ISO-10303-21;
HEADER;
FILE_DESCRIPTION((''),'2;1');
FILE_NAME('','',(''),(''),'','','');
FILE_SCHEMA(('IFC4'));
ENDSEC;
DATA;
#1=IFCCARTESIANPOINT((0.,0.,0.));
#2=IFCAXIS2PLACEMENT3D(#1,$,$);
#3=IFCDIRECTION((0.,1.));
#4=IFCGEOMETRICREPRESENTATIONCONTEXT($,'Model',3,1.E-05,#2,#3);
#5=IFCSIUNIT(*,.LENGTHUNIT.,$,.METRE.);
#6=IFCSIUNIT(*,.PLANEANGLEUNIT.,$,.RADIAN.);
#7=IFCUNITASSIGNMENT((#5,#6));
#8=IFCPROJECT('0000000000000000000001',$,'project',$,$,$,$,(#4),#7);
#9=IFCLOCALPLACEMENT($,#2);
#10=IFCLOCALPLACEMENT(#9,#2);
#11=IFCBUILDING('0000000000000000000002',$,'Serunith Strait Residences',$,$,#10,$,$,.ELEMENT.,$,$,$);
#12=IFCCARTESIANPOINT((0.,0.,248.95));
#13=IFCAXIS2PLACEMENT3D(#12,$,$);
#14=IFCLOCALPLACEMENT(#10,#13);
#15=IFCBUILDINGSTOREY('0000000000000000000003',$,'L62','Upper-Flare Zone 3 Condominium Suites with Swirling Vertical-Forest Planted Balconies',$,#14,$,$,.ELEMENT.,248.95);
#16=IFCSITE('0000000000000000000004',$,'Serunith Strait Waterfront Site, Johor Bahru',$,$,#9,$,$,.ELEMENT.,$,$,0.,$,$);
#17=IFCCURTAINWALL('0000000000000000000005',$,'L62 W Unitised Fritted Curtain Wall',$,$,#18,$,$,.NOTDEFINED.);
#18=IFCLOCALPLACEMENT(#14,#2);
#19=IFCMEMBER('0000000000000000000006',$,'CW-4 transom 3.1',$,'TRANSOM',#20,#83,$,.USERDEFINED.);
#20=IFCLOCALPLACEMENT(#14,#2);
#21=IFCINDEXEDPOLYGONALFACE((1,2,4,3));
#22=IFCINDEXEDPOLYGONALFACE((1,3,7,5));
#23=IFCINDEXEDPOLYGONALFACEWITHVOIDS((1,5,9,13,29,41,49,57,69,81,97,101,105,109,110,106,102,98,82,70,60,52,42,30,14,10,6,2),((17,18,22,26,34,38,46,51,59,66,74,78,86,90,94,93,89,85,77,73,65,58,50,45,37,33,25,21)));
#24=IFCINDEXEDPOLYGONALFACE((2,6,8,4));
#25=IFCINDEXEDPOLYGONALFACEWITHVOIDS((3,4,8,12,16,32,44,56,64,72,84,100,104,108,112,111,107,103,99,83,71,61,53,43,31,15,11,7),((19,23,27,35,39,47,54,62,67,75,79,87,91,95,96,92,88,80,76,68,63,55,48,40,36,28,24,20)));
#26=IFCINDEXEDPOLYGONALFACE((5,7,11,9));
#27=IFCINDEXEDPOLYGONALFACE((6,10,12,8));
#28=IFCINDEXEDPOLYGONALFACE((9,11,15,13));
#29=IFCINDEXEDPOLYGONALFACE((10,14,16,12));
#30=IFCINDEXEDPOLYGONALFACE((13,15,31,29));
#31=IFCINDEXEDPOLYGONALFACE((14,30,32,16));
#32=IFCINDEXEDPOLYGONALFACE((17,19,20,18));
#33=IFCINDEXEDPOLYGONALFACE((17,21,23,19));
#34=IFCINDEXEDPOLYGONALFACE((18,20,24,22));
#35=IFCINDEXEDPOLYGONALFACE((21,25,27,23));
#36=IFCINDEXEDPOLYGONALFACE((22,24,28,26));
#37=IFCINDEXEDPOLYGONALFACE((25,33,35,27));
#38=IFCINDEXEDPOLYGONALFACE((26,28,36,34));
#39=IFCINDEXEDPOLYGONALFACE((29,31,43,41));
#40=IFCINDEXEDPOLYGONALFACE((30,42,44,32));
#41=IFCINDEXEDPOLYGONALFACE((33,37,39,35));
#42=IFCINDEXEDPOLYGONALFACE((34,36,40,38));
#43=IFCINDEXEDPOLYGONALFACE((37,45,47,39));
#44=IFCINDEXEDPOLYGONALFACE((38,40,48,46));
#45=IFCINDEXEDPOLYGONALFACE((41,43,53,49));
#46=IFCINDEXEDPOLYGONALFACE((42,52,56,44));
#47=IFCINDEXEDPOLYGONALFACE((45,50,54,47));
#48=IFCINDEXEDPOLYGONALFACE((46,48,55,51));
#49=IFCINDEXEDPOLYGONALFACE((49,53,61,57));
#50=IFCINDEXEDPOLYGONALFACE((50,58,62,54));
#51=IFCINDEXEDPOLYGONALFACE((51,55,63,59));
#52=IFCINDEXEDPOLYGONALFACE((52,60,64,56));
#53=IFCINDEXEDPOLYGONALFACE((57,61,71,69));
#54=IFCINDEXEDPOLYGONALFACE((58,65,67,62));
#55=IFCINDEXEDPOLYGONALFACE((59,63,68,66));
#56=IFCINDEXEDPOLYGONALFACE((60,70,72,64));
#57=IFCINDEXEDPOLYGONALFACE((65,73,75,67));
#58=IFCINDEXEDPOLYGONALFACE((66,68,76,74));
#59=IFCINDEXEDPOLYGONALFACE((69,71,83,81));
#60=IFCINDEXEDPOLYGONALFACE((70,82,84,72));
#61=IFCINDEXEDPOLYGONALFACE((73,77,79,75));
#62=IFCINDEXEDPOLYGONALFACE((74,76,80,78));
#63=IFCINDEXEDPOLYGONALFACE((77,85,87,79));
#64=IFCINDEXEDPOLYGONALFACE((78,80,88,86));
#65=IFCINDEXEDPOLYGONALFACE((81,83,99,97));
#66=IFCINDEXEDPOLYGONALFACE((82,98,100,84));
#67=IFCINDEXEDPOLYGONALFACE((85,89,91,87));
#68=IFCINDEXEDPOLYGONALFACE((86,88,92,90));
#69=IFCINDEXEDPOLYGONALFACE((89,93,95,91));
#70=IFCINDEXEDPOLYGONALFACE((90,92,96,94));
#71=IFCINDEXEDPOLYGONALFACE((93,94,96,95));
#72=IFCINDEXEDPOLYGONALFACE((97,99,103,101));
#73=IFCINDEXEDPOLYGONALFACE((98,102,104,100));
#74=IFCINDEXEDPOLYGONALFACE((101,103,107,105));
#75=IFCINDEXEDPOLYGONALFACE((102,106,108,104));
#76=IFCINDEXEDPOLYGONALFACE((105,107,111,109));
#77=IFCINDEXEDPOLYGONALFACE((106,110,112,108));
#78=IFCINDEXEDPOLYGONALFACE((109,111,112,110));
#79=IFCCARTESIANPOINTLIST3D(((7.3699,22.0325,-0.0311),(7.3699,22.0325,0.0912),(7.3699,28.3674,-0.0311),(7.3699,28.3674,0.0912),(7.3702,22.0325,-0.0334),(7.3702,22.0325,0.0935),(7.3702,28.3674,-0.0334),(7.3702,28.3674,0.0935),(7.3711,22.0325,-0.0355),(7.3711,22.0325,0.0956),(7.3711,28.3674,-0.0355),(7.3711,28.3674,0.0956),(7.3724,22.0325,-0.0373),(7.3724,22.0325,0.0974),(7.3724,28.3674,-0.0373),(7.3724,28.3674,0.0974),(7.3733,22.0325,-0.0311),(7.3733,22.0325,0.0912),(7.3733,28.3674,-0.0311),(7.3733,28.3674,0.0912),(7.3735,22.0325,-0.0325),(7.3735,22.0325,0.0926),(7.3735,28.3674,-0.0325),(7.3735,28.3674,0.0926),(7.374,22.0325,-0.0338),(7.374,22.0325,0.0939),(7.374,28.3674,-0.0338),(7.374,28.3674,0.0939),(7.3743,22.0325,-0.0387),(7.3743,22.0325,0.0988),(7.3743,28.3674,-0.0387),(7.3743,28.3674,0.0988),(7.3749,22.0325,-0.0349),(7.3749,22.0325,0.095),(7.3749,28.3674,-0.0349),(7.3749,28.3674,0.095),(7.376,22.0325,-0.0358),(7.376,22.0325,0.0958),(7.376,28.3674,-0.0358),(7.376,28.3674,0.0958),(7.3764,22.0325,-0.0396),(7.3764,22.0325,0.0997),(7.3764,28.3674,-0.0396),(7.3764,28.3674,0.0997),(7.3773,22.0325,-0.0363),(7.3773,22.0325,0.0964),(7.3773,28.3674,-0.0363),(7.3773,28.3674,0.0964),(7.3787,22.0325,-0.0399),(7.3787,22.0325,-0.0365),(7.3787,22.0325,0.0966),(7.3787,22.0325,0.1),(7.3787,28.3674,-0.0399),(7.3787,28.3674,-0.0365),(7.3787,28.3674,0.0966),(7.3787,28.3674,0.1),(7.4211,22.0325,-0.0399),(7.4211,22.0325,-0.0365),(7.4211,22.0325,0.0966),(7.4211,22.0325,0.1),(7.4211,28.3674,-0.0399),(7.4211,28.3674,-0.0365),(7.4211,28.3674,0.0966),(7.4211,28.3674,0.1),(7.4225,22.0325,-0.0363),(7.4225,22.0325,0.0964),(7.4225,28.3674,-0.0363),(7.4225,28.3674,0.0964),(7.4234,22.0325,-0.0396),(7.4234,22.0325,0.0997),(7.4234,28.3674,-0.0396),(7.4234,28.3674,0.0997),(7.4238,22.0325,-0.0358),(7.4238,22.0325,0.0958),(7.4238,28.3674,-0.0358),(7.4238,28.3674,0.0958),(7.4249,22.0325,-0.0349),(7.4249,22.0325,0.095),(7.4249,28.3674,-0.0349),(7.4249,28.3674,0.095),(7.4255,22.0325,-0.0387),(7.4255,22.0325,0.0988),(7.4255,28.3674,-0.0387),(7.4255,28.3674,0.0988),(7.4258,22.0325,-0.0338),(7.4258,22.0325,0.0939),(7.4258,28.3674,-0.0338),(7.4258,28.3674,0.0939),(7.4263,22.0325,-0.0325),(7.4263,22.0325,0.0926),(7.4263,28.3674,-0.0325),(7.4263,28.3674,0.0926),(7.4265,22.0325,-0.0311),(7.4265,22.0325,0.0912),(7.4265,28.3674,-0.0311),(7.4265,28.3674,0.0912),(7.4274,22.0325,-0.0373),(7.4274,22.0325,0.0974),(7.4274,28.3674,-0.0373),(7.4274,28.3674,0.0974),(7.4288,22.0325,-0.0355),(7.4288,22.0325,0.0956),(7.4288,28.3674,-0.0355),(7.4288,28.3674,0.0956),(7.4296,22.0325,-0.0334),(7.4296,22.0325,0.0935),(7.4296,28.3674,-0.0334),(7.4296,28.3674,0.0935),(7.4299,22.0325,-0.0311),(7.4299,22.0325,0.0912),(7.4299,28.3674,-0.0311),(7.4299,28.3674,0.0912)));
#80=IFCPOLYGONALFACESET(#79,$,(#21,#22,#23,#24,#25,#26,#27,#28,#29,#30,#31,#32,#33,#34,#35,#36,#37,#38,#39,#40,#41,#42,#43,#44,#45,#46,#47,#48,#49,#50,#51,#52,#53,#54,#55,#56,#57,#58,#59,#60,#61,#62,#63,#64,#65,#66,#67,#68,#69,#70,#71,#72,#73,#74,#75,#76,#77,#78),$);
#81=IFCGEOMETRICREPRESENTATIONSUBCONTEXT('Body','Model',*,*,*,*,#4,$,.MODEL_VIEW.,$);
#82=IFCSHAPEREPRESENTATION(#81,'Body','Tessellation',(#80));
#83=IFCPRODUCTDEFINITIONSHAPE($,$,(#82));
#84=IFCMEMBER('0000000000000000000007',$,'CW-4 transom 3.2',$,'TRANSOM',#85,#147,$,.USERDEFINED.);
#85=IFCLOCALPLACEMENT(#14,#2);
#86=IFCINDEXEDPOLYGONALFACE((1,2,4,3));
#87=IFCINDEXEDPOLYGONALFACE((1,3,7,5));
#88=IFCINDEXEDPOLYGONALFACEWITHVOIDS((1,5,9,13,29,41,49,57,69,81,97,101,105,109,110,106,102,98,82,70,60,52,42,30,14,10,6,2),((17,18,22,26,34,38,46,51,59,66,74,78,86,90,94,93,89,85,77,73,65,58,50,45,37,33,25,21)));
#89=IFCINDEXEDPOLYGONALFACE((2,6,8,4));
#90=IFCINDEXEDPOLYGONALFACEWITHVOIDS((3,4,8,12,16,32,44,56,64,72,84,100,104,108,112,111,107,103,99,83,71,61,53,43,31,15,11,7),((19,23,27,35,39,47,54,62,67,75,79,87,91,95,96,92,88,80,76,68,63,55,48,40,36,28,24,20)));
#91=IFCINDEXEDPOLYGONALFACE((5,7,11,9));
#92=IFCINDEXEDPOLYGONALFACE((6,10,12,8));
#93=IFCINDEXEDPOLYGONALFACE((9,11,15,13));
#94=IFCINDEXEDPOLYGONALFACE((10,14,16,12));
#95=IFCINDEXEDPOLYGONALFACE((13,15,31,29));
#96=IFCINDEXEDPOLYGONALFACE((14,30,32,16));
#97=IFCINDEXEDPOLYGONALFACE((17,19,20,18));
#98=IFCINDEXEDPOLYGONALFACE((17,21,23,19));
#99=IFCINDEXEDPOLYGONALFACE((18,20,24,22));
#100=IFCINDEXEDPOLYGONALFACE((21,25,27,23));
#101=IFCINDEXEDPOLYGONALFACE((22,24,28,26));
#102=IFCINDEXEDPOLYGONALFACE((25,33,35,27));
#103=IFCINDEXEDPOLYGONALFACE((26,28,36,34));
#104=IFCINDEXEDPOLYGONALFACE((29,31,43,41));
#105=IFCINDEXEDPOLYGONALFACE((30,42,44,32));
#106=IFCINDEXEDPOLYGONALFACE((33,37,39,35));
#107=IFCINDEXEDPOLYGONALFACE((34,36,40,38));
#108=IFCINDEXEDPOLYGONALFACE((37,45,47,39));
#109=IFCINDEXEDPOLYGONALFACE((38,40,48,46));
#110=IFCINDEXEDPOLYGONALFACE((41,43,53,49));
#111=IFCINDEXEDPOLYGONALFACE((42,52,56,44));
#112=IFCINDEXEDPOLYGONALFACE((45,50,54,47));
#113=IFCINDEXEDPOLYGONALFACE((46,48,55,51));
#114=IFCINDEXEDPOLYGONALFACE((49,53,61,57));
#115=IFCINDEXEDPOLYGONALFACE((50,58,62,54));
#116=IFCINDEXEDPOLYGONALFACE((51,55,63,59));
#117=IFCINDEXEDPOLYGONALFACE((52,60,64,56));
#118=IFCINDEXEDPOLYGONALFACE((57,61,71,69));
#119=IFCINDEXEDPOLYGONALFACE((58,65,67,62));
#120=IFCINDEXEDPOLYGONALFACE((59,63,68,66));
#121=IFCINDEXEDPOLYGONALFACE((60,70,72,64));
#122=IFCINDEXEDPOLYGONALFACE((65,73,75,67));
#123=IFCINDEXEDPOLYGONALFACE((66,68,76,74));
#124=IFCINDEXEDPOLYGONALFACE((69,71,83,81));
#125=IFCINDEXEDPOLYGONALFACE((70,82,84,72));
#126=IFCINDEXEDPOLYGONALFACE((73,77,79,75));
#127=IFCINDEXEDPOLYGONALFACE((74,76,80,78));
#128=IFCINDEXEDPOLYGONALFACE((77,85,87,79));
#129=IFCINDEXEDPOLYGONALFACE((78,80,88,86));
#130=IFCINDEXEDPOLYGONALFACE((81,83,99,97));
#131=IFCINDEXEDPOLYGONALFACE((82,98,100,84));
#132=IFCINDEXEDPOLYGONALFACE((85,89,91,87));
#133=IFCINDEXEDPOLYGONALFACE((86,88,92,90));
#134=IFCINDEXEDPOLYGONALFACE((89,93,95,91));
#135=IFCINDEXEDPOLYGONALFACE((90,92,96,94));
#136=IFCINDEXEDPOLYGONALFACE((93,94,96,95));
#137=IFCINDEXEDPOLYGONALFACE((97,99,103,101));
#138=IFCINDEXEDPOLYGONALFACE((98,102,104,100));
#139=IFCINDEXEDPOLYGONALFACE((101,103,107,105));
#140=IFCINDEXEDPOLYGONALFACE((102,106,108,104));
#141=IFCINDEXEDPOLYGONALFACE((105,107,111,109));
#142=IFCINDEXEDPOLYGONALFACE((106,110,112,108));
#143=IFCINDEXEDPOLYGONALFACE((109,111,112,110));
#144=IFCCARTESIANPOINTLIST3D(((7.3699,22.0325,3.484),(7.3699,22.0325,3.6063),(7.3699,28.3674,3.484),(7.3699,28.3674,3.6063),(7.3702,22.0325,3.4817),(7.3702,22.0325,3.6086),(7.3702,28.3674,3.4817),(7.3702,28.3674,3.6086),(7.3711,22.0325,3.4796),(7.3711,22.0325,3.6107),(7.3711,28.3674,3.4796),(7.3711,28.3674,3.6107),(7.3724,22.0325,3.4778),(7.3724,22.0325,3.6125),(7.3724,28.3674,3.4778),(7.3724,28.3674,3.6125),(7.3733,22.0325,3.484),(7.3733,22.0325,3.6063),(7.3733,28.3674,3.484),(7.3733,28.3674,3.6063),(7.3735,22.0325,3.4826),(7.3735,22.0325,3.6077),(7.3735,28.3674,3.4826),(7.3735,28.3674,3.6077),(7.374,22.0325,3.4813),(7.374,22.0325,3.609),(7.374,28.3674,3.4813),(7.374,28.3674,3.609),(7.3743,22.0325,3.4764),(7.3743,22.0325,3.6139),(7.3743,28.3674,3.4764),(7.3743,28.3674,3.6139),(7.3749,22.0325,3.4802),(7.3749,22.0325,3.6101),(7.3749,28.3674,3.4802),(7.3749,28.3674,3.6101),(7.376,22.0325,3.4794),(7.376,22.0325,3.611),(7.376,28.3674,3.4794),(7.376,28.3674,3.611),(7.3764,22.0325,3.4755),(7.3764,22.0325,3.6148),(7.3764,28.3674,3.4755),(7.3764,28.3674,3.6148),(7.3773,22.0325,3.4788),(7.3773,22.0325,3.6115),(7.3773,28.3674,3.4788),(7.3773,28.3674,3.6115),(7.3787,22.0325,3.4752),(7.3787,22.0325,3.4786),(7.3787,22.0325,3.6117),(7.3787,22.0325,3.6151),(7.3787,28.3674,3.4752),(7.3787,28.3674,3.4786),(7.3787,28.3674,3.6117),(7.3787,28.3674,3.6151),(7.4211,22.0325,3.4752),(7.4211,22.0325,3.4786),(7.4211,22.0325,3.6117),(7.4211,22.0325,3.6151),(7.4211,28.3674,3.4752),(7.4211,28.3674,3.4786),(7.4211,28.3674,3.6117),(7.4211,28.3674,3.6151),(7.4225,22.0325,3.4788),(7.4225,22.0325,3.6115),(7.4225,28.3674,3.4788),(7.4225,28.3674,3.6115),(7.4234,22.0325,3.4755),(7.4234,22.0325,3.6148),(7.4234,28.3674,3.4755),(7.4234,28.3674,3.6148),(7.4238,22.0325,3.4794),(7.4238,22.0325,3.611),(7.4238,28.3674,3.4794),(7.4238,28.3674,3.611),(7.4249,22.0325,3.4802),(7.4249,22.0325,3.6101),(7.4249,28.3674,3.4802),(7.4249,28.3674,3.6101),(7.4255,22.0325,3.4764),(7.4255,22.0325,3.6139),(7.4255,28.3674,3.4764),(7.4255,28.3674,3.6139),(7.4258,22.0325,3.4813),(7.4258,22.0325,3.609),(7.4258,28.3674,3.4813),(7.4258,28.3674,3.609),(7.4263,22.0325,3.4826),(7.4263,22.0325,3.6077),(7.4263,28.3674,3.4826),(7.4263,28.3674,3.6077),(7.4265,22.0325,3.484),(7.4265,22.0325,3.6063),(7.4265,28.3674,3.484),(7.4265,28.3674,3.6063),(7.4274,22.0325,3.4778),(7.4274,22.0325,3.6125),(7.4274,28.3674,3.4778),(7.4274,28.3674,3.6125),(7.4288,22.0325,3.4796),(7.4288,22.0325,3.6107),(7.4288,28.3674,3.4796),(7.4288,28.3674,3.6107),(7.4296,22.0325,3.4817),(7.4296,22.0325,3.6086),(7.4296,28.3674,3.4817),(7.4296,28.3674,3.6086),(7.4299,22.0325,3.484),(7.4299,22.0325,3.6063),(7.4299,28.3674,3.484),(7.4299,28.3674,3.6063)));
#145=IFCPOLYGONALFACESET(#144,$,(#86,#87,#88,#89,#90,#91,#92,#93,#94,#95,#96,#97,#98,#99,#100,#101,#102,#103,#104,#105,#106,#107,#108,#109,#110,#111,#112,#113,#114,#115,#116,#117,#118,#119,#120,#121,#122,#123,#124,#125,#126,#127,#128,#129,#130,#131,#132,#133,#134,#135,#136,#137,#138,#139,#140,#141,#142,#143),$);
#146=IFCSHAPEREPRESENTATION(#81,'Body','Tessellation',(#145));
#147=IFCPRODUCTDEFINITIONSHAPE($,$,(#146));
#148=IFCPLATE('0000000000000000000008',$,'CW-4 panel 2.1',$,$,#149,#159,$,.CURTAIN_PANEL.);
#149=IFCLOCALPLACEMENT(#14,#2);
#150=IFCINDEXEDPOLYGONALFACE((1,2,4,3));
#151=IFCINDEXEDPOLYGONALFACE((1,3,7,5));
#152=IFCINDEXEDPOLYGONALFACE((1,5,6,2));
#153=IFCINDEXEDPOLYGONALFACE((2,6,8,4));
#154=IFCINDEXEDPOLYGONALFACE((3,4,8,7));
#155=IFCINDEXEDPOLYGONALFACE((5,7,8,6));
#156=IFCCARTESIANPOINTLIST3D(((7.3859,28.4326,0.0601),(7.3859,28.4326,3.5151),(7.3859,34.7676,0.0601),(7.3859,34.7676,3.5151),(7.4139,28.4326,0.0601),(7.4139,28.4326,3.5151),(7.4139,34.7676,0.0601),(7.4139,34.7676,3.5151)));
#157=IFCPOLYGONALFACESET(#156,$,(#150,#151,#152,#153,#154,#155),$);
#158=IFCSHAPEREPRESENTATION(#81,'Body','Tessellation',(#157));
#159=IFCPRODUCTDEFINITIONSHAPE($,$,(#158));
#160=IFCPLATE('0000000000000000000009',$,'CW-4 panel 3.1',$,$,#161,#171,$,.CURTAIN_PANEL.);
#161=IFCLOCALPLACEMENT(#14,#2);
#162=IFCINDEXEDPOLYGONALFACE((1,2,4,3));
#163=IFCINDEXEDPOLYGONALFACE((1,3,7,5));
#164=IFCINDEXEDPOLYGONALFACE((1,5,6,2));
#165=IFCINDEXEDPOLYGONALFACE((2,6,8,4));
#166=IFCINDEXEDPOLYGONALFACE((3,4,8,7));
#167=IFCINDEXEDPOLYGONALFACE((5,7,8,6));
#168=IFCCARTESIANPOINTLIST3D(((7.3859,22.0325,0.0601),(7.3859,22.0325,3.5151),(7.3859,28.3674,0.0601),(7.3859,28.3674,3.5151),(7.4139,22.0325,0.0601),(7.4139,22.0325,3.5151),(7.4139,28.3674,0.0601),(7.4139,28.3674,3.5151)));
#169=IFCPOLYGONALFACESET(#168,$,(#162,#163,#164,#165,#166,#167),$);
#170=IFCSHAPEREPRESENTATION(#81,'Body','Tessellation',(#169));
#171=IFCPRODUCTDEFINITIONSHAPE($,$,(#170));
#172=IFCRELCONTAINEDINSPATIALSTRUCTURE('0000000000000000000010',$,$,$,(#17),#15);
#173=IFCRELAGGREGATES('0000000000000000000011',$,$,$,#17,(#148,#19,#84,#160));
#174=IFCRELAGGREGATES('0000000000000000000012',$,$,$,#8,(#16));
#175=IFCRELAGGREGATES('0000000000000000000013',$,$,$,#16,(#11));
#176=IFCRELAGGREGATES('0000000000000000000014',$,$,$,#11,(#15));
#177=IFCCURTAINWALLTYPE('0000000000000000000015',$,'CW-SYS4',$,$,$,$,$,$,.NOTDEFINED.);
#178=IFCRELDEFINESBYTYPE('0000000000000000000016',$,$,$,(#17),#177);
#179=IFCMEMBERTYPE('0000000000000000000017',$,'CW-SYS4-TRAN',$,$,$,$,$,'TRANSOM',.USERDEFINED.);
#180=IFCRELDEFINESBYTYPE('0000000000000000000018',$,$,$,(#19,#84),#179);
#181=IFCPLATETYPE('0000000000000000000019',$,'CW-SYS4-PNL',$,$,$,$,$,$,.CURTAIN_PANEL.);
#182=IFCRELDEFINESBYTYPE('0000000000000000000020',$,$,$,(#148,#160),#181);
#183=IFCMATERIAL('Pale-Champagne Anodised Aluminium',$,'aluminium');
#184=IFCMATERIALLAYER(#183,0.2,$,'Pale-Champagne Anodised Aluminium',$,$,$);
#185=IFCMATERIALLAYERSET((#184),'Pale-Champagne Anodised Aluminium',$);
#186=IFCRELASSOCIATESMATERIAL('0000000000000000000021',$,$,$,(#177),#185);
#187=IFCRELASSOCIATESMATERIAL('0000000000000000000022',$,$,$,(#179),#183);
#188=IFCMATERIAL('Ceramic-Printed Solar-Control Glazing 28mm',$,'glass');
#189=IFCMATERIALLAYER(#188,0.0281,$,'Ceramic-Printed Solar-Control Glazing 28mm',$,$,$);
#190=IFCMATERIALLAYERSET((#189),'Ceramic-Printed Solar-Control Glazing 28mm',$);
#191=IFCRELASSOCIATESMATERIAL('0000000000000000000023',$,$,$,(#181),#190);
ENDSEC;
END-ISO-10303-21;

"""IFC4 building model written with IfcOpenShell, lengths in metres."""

from ifc_helpers import new_model, si_unit, direction, frame, origin, origin_2d, place, context, subcontext, project, spatial, rectangle, hollow_rectangle, extrude, source, transform, mapped, material, layer, layer_set, material_profile, profile_set, type_object, element, aggregate, save


model = new_model("IFC4")

# Units and contexts
model_context = context("Model", 3, precision=1e-05, world=origin(), true_north=direction((0.0, 1.0)))
body_context = subcontext(model_context, "Body", "Model", "MODEL_VIEW")
ifc_project = project(units=[si_unit("LENGTHUNIT", "METRE"), si_unit("PLANEANGLEUNIT", "RADIAN")], contexts=[model_context])

# Site, building, storey
site_placement = place(None, origin())
site = spatial("IfcSite", under=ifc_project, at=site_placement, Name="Serunith Strait Waterfront Site, Johor Bahru", CompositionType="ELEMENT", RefElevation=0.0)
building_placement = place(site_placement, origin())
building = spatial("IfcBuilding", under=site, at=building_placement, Name="Serunith Strait Residences", CompositionType="ELEMENT")
storey_placement = place(building_placement, frame((0.0, 0.0, 248.95)))
storey = spatial("IfcBuildingStorey", under=building, at=storey_placement, Name="L62", Description="Upper-Flare Zone 3 Condominium Suites with Swirling Vertical-Forest Planted Balconies", CompositionType="ELEMENT", Elevation=248.95)

# Curtain wall, members, plates
ifc_material_1 = material(Name="Pale-Champagne Anodised Aluminium", Category="aluminium")
ifc_layer_1 = layer(ifc_material_1, 0.2, Name="Pale-Champagne Anodised Aluminium")
ifc_layer_set_1 = layer_set([ifc_layer_1], Name="Pale-Champagne Anodised Aluminium")
curtain_wall_type = type_object("IfcCurtainWallType", Name="CW-SYS4", PredefinedType="NOTDEFINED", material=ifc_layer_set_1)
curtain_wall_placement = place(storey_placement, origin())
curtain_wall = element("IfcCurtainWall", 1, at=curtain_wall_placement, inside=storey, type_object=curtain_wall_type, Name="L62 W Unitised Fritted Curtain Wall", PredefinedType="NOTDEFINED")
ifc_material_profile_1 = material_profile(ifc_material_1, hollow_rectangle(XDim=0.0601, YDim=0.1399, WallThickness=0.0034, InnerFilletRadius=0.0054, OuterFilletRadius=0.0088, at=origin_2d()), Name="ALU 140x60x3.5")
ifc_profile_set_1 = profile_set([ifc_material_profile_1], Name="Pale-Champagne Anodised Aluminium")
member_type_1 = type_object("IfcMemberType", Name="CW-SYS4-TRAN", ElementType="TRANSOM", PredefinedType="USERDEFINED", material=ifc_profile_set_1)
shared_shape_1 = source(origin(), body_context, "Body", "SweptSolid", [
    extrude(hollow_rectangle(XDim=0.0601, YDim=0.1399, WallThickness=0.0034, InnerFilletRadius=0.0054, OuterFilletRadius=0.0088, at=origin_2d()), origin(), (0.0, 0.0, 1.0), 6.335),
])
member_1_placement = place(storey_placement, frame((7.3999, 28.3674, 0.03), z_axis=(0.0, -1.0, 0.0), x_axis=(1.0, 0.0, 0.0)))
member_1 = element("IfcMember", 2, at=member_1_placement, type_object=member_type_1, Name="CW-4 transom 3.1", ObjectType="TRANSOM", PredefinedType="USERDEFINED", context=body_context, shape_type="MappedRepresentation", body=[
    mapped(shared_shape_1, transform((0.0, 0.0, 0.0), scale=1.0)),
])
member_2_placement = place(storey_placement, frame((7.3999, 28.3674, 3.5452), z_axis=(0.0, -1.0, 0.0), x_axis=(1.0, 0.0, 0.0)))
member_2 = element("IfcMember", 3, at=member_2_placement, type_object=member_type_1, Name="CW-4 transom 3.2", ObjectType="TRANSOM", PredefinedType="USERDEFINED", context=body_context, shape_type="MappedRepresentation", body=[
    mapped(shared_shape_1, transform((0.0, 0.0, 0.0), scale=1.0)),
])
ifc_material_2 = material(Name="Ceramic-Printed Solar-Control Glazing 28mm", Category="glass")
ifc_layer_2 = layer(ifc_material_2, 0.0281, Name="Ceramic-Printed Solar-Control Glazing 28mm")
ifc_layer_set_2 = layer_set([ifc_layer_2], Name="Ceramic-Printed Solar-Control Glazing 28mm")
plate_type = type_object("IfcPlateType", Name="CW-SYS4-PNL", PredefinedType="CURTAIN_PANEL", material=ifc_layer_set_2)
shared_shape_2 = source(origin(), body_context, "Body", "SweptSolid", [
    extrude(rectangle(XDim=6.335, YDim=0.0281, at=origin_2d()), origin(), (0.0, 0.0, 1.0), 3.4551),
])
plate_1_placement = place(storey_placement, frame((7.3999, 31.6001, 0.0601), z_axis=(0.0, 0.0, 1.0), x_axis=(0.0, -1.0, 0.0)))
plate_1 = element("IfcPlate", 4, at=plate_1_placement, type_object=plate_type, Name="CW-4 panel 2.1", PredefinedType="CURTAIN_PANEL", context=body_context, shape_type="MappedRepresentation", body=[
    mapped(shared_shape_2, transform((0.0, 0.0, 0.0), scale=1.0)),
])
plate_2_placement = place(storey_placement, frame((7.3999, 25.2, 0.0601), z_axis=(0.0, 0.0, 1.0), x_axis=(0.0, -1.0, 0.0)))
plate_2 = element("IfcPlate", 5, at=plate_2_placement, type_object=plate_type, Name="CW-4 panel 3.1", PredefinedType="CURTAIN_PANEL", context=body_context, shape_type="MappedRepresentation", body=[
    mapped(shared_shape_2, transform((0.0, 0.0, 0.0), scale=1.0)),
])
aggregate(curtain_wall, [plate_1, member_1, member_2, plate_2])

save(model, "model.ifc")
